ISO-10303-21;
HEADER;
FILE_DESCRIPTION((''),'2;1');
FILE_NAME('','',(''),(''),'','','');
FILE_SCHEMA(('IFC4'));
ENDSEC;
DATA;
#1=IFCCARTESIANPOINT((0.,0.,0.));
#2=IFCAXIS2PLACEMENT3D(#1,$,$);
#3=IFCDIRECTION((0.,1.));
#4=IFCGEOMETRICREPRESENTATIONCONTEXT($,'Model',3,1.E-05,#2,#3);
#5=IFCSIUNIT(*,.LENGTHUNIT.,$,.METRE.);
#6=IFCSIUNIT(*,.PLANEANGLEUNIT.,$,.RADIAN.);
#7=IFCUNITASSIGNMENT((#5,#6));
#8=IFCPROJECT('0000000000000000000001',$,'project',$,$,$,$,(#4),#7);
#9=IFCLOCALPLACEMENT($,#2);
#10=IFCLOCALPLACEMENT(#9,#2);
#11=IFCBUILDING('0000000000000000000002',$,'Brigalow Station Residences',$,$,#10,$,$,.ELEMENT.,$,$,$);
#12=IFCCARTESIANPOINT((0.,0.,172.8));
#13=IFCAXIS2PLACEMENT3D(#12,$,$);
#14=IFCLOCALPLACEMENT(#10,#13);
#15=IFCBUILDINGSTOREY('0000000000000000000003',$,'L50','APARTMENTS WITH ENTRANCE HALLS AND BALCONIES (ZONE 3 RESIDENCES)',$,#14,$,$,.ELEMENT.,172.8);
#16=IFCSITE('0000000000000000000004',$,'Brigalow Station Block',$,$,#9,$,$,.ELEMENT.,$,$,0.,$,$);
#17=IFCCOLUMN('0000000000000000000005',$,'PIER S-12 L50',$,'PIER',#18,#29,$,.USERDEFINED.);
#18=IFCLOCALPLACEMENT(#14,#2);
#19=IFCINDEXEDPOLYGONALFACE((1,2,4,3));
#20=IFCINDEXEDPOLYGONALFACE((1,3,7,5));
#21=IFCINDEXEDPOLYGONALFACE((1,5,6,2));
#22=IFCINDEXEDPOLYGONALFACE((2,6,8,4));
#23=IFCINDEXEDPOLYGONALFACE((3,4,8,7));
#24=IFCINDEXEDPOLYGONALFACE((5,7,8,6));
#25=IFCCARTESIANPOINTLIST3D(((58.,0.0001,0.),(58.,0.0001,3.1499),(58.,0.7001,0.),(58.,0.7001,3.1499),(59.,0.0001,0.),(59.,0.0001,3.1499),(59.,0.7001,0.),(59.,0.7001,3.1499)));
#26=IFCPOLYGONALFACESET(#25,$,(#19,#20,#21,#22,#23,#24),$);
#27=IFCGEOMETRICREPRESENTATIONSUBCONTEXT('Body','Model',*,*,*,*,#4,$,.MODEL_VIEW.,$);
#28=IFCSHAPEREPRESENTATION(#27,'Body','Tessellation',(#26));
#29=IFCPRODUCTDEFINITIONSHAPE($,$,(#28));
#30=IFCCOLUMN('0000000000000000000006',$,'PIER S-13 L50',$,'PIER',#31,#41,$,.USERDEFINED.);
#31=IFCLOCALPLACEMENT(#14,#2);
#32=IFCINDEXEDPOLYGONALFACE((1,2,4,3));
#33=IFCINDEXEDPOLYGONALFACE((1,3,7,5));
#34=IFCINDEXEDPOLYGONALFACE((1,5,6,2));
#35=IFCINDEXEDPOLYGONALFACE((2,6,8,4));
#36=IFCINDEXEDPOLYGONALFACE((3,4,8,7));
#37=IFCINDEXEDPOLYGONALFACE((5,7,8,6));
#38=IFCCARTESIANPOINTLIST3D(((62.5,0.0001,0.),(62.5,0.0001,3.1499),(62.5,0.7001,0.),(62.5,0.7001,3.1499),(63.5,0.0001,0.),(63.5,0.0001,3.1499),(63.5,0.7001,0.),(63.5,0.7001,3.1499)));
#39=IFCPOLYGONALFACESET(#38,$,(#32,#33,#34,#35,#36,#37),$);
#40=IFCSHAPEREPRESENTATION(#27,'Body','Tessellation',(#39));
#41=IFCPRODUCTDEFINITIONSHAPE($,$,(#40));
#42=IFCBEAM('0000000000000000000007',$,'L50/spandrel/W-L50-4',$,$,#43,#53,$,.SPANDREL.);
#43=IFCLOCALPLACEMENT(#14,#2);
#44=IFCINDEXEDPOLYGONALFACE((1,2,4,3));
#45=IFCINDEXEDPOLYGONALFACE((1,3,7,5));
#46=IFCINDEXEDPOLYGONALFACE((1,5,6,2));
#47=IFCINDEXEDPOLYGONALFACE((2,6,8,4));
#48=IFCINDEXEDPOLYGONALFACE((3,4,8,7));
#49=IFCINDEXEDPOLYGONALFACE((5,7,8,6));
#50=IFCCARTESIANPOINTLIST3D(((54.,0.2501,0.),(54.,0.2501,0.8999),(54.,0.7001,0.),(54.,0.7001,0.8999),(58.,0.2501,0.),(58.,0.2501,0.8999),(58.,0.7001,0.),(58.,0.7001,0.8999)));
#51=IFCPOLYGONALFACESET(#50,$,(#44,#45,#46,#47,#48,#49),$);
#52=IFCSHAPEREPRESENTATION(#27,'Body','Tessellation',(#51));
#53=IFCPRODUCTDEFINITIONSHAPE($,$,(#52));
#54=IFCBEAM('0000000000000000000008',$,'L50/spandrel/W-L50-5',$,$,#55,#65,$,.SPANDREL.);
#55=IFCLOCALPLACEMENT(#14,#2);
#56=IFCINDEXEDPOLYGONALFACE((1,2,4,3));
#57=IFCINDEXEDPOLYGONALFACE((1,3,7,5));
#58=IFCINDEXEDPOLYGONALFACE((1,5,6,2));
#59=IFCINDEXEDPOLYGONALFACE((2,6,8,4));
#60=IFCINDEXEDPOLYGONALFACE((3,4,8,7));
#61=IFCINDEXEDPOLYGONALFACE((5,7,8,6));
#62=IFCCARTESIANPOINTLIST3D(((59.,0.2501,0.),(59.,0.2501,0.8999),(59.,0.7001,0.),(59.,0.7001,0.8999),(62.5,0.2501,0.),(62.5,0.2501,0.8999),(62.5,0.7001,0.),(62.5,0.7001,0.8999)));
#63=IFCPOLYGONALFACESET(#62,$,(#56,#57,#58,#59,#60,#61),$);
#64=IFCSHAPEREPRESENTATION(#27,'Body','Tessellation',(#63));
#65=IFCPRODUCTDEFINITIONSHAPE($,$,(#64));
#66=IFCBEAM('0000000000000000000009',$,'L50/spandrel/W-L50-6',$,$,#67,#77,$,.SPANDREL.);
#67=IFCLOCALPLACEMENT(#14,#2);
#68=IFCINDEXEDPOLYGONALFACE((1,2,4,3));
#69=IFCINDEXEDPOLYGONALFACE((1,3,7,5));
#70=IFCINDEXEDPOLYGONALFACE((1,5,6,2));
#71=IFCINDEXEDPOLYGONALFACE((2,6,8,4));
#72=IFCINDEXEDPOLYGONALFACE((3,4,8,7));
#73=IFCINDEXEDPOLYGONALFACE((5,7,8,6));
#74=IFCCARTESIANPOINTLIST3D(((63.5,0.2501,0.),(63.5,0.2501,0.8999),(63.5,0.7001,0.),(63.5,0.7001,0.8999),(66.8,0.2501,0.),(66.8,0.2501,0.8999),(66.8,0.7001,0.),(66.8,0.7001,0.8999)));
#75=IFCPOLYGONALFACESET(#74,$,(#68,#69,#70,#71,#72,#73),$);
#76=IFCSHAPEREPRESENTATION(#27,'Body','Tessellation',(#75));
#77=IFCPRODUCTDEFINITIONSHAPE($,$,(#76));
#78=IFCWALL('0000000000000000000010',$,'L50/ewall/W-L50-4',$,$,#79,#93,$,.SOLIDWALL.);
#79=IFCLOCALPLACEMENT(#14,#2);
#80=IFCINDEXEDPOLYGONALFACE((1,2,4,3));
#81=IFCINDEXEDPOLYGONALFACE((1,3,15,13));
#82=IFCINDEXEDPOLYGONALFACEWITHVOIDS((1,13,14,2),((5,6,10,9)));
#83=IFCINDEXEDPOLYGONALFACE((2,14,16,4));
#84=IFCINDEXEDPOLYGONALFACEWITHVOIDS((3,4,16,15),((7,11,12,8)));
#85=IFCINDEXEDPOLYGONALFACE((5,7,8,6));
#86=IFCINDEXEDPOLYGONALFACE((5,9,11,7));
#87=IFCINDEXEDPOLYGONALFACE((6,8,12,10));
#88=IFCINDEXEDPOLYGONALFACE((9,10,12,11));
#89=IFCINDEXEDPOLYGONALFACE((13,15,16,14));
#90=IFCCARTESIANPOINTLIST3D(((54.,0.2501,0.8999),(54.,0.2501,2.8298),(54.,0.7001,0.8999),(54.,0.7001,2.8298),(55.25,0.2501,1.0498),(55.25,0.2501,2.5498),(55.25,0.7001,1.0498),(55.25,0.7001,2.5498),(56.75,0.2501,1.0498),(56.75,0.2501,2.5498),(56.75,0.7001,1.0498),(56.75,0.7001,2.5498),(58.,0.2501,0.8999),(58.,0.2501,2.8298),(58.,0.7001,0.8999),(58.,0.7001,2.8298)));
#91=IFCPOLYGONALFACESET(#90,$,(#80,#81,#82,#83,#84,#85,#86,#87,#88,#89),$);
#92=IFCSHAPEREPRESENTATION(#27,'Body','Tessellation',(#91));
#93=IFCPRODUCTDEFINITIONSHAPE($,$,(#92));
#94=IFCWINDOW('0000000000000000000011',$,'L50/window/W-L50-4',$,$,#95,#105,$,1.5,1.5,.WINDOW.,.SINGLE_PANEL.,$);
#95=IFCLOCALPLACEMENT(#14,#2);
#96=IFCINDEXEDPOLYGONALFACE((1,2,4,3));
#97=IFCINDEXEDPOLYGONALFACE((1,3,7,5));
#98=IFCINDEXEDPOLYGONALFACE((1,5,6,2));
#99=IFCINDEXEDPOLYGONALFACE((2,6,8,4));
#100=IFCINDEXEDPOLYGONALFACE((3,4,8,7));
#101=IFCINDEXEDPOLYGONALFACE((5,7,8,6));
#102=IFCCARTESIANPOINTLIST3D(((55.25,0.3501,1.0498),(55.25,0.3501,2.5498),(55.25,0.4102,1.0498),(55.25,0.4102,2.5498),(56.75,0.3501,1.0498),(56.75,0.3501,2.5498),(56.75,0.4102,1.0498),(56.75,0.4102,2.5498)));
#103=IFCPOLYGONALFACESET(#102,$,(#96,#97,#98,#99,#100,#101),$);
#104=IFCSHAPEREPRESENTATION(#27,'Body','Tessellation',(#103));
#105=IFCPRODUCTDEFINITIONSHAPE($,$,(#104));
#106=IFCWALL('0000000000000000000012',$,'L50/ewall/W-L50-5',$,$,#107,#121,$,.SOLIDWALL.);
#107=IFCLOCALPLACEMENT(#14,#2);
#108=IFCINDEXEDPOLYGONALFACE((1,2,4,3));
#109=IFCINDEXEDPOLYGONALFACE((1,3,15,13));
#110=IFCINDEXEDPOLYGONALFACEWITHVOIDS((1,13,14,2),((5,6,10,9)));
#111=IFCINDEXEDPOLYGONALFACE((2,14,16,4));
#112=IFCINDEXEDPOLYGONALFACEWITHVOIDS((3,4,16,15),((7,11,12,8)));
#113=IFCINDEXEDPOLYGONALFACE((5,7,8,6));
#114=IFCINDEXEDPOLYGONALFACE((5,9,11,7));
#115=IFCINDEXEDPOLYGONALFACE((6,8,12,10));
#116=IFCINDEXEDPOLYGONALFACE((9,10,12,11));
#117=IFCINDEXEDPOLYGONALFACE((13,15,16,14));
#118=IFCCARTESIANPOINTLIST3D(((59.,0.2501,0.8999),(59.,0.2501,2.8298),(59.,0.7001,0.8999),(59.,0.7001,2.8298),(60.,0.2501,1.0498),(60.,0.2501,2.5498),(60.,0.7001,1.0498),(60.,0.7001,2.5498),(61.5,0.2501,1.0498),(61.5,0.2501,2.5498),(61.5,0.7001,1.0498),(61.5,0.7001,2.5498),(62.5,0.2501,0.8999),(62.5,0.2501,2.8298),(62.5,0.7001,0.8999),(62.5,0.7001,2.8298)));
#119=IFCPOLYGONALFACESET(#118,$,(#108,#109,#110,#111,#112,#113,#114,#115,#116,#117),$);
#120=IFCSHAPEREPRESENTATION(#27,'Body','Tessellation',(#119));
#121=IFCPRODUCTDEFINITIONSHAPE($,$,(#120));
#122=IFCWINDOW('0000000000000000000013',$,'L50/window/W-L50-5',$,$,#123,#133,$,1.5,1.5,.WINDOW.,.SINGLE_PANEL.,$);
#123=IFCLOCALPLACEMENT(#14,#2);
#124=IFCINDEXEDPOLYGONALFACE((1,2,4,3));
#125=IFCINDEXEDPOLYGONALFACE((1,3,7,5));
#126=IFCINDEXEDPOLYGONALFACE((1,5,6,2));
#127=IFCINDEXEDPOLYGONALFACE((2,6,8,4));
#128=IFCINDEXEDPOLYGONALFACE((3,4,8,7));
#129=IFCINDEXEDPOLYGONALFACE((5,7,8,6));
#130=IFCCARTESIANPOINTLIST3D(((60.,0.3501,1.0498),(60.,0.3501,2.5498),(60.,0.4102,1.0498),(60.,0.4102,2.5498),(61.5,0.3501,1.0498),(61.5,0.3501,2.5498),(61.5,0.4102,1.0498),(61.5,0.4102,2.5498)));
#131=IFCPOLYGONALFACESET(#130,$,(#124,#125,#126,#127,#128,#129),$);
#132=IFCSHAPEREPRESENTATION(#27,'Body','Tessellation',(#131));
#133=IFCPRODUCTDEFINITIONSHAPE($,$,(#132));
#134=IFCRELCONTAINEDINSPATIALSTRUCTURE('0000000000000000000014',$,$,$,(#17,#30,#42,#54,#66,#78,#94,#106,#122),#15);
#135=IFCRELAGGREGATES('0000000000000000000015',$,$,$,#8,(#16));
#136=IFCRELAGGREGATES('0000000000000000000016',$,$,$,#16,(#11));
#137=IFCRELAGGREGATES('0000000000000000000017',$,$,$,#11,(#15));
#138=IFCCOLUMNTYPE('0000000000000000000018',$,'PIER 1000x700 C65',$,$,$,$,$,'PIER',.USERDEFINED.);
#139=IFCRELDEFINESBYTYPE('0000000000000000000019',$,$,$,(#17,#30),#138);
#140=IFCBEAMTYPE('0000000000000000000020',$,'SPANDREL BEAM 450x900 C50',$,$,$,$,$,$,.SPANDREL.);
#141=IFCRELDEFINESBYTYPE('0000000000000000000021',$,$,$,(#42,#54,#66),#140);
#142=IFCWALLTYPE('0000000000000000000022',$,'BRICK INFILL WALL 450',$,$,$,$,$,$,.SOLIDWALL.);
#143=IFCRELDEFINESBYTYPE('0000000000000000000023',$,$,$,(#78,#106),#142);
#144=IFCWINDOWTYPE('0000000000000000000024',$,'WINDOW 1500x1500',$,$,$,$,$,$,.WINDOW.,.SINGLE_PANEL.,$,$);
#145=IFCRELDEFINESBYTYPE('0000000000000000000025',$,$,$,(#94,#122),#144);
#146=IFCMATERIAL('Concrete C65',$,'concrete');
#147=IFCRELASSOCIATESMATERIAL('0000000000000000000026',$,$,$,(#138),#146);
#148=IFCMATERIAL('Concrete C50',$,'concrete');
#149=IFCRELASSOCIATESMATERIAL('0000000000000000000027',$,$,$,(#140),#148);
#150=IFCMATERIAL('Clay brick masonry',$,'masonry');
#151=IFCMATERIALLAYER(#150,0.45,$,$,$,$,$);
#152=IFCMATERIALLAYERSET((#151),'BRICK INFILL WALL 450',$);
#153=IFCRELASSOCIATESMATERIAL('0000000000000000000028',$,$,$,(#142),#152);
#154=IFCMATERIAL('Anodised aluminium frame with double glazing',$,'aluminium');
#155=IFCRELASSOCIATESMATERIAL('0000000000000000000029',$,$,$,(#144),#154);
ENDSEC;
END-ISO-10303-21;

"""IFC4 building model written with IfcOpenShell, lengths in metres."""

from ifc_helpers import new_model, si_unit, direction, frame, frame_2d, origin, origin_2d, place, context, subcontext, project, spatial, rectangle, extrude, material, layer, layer_set, material_profile, profile_set, type_object, element, fill, save


model = new_model("IFC4")

# Units and contexts
model_context = context("Model", 3, precision=1e-05, world=origin(), true_north=direction((0.0, 1.0)))
body_context = subcontext(model_context, "Body", "Model", "MODEL_VIEW")
ifc_project = project(units=[si_unit("LENGTHUNIT", "METRE"), si_unit("PLANEANGLEUNIT", "RADIAN")], contexts=[model_context])

# Site, building, storey
site_placement = place(None, origin())
site = spatial("IfcSite", under=ifc_project, at=site_placement, Name="Brigalow Station Block", CompositionType="ELEMENT", RefElevation=0.0)
building_placement = place(site_placement, origin())
building = spatial("IfcBuilding", under=site, at=building_placement, Name="Brigalow Station Residences", CompositionType="ELEMENT")
storey_placement = place(building_placement, frame((0.0, 0.0, 172.8)))
storey = spatial("IfcBuildingStorey", under=building, at=storey_placement, Name="L50", Description="APARTMENTS WITH ENTRANCE HALLS AND BALCONIES (ZONE 3 RESIDENCES)", CompositionType="ELEMENT", Elevation=172.8)

# Columns
ifc_material_1 = material(Name="Concrete C65", Category="concrete")
ifc_material_profile_1 = material_profile(ifc_material_1, rectangle(XDim=1.0, YDim=0.7, at=origin_2d()), Name="RC1000x700")
ifc_profile_set_1 = profile_set([ifc_material_profile_1], Name="Concrete C65")
column_type = type_object("IfcColumnType", Name="PIER 1000x700 C65", ElementType="PIER", PredefinedType="USERDEFINED", material=ifc_profile_set_1)
for number, where, z_axis, x_axis, name in (
    (1, (58.5, 0.3501, 0.0), (0.0, 0.0, 1.0), (1.0, 0.0, 0.0), "PIER S-12 L50"),
    (2, (63.0, 0.3501, 0.0), (0.0, 0.0, 1.0), (1.0, 0.0, 0.0), "PIER S-13 L50"),
):
    element("IfcColumn", number, at=place(storey_placement, frame(where, z_axis=z_axis, x_axis=x_axis)), inside=storey, type_object=column_type, Name=name, ObjectType="PIER", PredefinedType="USERDEFINED", context=body_context, shape_type="SweptSolid", body=[
        extrude(rectangle(XDim=1.0, YDim=0.7, at=origin_2d()), origin(), (0.0, 0.0, 1.0), 3.1499),
    ])

# Beams
ifc_material_2 = material(Name="Concrete C50", Category="concrete")
ifc_material_profile_2 = material_profile(ifc_material_2, rectangle(XDim=0.45, YDim=0.8999, at=origin_2d()), Name="RC450x900")
ifc_profile_set_2 = profile_set([ifc_material_profile_2], Name="Concrete C50")
beam_type = type_object("IfcBeamType", Name="SPANDREL BEAM 450x900 C50", PredefinedType="SPANDREL", material=ifc_profile_set_2)
beam_1_placement = place(storey_placement, frame((54.0, 0.4751, 0.45), z_axis=(1.0, 0.0, 0.0), x_axis=(0.0, 1.0, 0.0)))
element("IfcBeam", 3, at=beam_1_placement, inside=storey, type_object=beam_type, Name="L50/spandrel/W-L50-4", PredefinedType="SPANDREL", context=body_context, shape_type="SweptSolid", body=[
    extrude(rectangle(XDim=0.45, YDim=0.8999, at=origin_2d()), origin(), (0.0, 0.0, 1.0), 4.0),
])
beam_2_placement = place(storey_placement, frame((59.0, 0.4751, 0.45), z_axis=(1.0, 0.0, 0.0), x_axis=(0.0, 1.0, 0.0)))
element("IfcBeam", 4, at=beam_2_placement, inside=storey, type_object=beam_type, Name="L50/spandrel/W-L50-5", PredefinedType="SPANDREL", context=body_context, shape_type="SweptSolid", body=[
    extrude(rectangle(XDim=0.45, YDim=0.8999, at=origin_2d()), origin(), (0.0, 0.0, 1.0), 3.5),
])
beam_3_placement = place(storey_placement, frame((63.5, 0.4751, 0.45), z_axis=(1.0, 0.0, 0.0), x_axis=(0.0, 1.0, 0.0)))
element("IfcBeam", 5, at=beam_3_placement, inside=storey, type_object=beam_type, Name="L50/spandrel/W-L50-6", PredefinedType="SPANDREL", context=body_context, shape_type="SweptSolid", body=[
    extrude(rectangle(XDim=0.45, YDim=0.8999, at=origin_2d()), origin(), (0.0, 0.0, 1.0), 3.3),
])

# Walls, openings, windows
ifc_material_3 = material(Name="Clay brick masonry", Category="masonry")
ifc_layer_1 = layer(ifc_material_3, 0.45)
ifc_layer_set_1 = layer_set([ifc_layer_1], Name="BRICK INFILL WALL 450")
wall_type_1 = type_object("IfcWallType", Name="BRICK INFILL WALL 450", PredefinedType="SOLIDWALL", material=ifc_layer_set_1)
wall_1_placement = place(storey_placement, frame((54.0, 0.4751, 0.8999), z_axis=(0.0, 0.0, 1.0), x_axis=(1.0, 0.0, 0.0)))
wall_1 = element("IfcWall", 6, at=wall_1_placement, inside=storey, type_object=wall_type_1, Name="L50/ewall/W-L50-4", PredefinedType="SOLIDWALL", context=body_context, shape_type="SweptSolid", body=[
    extrude(rectangle(XDim=4.0, YDim=0.45, at=frame_2d((2.0, 0.0))), origin(), (0.0, 0.0, 1.0), 1.9299),
])
opening_1_placement = place(wall_1_placement, frame((1.25, 0.0, 0.1499)))
opening_1 = element("IfcOpeningElement", 7, at=opening_1_placement, cuts=wall_1, PredefinedType="OPENING", context=body_context, shape_type="SweptSolid", body=[
    extrude(rectangle(XDim=1.5, YDim=1.5, at=frame_2d((0.75, 0.75))), frame((0.0, 0.2349, 0.0), z_axis=(0.0, -1.0, 0.0), x_axis=(1.0, 0.0, 0.0)), (0.0, 0.0, 1.0), 0.47),
])
ifc_material_4 = material(Name="Anodised aluminium frame with double glazing", Category="aluminium")
window_type = type_object("IfcWindowType", Name="WINDOW 1500x1500", PartitioningType="SINGLE_PANEL", PredefinedType="WINDOW", material=ifc_material_4)
window_1_placement = place(opening_1_placement, origin())
window_1 = element("IfcWindow", 8, at=window_1_placement, inside=storey, type_object=window_type, Name="L50/window/W-L50-4", OverallHeight=1.5, OverallWidth=1.5, PartitioningType="SINGLE_PANEL", PredefinedType="WINDOW", context=body_context, shape_type="SweptSolid", body=[
    extrude(rectangle(XDim=1.5, YDim=1.5, at=frame_2d((0.75, 0.75))), frame((0.0, -0.0649, 0.0), z_axis=(0.0, -1.0, 0.0), x_axis=(1.0, 0.0, 0.0)), (0.0, 0.0, 1.0), 0.0601),
])
fill(opening_1, window_1)
wall_2_placement = place(storey_placement, frame((59.0, 0.4751, 0.8999), z_axis=(0.0, 0.0, 1.0), x_axis=(1.0, 0.0, 0.0)))
wall_2 = element("IfcWall", 9, at=wall_2_placement, inside=storey, type_object=wall_type_1, Name="L50/ewall/W-L50-5", PredefinedType="SOLIDWALL", context=body_context, shape_type="SweptSolid", body=[
    extrude(rectangle(XDim=3.5, YDim=0.45, at=frame_2d((1.75, 0.0))), origin(), (0.0, 0.0, 1.0), 1.9299),
])
opening_2_placement = place(wall_2_placement, frame((1.0, 0.0, 0.1499)))
opening_2 = element("IfcOpeningElement", 10, at=opening_2_placement, cuts=wall_2, PredefinedType="OPENING", context=body_context, shape_type="SweptSolid", body=[
    extrude(rectangle(XDim=1.5, YDim=1.5, at=frame_2d((0.75, 0.75))), frame((0.0, 0.2349, 0.0), z_axis=(0.0, -1.0, 0.0), x_axis=(1.0, 0.0, 0.0)), (0.0, 0.0, 1.0), 0.47),
])
window_2_placement = place(opening_2_placement, origin())
window_2 = element("IfcWindow", 11, at=window_2_placement, inside=storey, type_object=window_type, Name="L50/window/W-L50-5", OverallHeight=1.5, OverallWidth=1.5, PartitioningType="SINGLE_PANEL", PredefinedType="WINDOW", context=body_context, shape_type="SweptSolid", body=[
    extrude(rectangle(XDim=1.5, YDim=1.5, at=frame_2d((0.75, 0.75))), frame((0.0, -0.0649, 0.0), z_axis=(0.0, -1.0, 0.0), x_axis=(1.0, 0.0, 0.0)), (0.0, 0.0, 1.0), 0.0601),
])
fill(opening_2, window_2)

save(model, "model.ifc")
